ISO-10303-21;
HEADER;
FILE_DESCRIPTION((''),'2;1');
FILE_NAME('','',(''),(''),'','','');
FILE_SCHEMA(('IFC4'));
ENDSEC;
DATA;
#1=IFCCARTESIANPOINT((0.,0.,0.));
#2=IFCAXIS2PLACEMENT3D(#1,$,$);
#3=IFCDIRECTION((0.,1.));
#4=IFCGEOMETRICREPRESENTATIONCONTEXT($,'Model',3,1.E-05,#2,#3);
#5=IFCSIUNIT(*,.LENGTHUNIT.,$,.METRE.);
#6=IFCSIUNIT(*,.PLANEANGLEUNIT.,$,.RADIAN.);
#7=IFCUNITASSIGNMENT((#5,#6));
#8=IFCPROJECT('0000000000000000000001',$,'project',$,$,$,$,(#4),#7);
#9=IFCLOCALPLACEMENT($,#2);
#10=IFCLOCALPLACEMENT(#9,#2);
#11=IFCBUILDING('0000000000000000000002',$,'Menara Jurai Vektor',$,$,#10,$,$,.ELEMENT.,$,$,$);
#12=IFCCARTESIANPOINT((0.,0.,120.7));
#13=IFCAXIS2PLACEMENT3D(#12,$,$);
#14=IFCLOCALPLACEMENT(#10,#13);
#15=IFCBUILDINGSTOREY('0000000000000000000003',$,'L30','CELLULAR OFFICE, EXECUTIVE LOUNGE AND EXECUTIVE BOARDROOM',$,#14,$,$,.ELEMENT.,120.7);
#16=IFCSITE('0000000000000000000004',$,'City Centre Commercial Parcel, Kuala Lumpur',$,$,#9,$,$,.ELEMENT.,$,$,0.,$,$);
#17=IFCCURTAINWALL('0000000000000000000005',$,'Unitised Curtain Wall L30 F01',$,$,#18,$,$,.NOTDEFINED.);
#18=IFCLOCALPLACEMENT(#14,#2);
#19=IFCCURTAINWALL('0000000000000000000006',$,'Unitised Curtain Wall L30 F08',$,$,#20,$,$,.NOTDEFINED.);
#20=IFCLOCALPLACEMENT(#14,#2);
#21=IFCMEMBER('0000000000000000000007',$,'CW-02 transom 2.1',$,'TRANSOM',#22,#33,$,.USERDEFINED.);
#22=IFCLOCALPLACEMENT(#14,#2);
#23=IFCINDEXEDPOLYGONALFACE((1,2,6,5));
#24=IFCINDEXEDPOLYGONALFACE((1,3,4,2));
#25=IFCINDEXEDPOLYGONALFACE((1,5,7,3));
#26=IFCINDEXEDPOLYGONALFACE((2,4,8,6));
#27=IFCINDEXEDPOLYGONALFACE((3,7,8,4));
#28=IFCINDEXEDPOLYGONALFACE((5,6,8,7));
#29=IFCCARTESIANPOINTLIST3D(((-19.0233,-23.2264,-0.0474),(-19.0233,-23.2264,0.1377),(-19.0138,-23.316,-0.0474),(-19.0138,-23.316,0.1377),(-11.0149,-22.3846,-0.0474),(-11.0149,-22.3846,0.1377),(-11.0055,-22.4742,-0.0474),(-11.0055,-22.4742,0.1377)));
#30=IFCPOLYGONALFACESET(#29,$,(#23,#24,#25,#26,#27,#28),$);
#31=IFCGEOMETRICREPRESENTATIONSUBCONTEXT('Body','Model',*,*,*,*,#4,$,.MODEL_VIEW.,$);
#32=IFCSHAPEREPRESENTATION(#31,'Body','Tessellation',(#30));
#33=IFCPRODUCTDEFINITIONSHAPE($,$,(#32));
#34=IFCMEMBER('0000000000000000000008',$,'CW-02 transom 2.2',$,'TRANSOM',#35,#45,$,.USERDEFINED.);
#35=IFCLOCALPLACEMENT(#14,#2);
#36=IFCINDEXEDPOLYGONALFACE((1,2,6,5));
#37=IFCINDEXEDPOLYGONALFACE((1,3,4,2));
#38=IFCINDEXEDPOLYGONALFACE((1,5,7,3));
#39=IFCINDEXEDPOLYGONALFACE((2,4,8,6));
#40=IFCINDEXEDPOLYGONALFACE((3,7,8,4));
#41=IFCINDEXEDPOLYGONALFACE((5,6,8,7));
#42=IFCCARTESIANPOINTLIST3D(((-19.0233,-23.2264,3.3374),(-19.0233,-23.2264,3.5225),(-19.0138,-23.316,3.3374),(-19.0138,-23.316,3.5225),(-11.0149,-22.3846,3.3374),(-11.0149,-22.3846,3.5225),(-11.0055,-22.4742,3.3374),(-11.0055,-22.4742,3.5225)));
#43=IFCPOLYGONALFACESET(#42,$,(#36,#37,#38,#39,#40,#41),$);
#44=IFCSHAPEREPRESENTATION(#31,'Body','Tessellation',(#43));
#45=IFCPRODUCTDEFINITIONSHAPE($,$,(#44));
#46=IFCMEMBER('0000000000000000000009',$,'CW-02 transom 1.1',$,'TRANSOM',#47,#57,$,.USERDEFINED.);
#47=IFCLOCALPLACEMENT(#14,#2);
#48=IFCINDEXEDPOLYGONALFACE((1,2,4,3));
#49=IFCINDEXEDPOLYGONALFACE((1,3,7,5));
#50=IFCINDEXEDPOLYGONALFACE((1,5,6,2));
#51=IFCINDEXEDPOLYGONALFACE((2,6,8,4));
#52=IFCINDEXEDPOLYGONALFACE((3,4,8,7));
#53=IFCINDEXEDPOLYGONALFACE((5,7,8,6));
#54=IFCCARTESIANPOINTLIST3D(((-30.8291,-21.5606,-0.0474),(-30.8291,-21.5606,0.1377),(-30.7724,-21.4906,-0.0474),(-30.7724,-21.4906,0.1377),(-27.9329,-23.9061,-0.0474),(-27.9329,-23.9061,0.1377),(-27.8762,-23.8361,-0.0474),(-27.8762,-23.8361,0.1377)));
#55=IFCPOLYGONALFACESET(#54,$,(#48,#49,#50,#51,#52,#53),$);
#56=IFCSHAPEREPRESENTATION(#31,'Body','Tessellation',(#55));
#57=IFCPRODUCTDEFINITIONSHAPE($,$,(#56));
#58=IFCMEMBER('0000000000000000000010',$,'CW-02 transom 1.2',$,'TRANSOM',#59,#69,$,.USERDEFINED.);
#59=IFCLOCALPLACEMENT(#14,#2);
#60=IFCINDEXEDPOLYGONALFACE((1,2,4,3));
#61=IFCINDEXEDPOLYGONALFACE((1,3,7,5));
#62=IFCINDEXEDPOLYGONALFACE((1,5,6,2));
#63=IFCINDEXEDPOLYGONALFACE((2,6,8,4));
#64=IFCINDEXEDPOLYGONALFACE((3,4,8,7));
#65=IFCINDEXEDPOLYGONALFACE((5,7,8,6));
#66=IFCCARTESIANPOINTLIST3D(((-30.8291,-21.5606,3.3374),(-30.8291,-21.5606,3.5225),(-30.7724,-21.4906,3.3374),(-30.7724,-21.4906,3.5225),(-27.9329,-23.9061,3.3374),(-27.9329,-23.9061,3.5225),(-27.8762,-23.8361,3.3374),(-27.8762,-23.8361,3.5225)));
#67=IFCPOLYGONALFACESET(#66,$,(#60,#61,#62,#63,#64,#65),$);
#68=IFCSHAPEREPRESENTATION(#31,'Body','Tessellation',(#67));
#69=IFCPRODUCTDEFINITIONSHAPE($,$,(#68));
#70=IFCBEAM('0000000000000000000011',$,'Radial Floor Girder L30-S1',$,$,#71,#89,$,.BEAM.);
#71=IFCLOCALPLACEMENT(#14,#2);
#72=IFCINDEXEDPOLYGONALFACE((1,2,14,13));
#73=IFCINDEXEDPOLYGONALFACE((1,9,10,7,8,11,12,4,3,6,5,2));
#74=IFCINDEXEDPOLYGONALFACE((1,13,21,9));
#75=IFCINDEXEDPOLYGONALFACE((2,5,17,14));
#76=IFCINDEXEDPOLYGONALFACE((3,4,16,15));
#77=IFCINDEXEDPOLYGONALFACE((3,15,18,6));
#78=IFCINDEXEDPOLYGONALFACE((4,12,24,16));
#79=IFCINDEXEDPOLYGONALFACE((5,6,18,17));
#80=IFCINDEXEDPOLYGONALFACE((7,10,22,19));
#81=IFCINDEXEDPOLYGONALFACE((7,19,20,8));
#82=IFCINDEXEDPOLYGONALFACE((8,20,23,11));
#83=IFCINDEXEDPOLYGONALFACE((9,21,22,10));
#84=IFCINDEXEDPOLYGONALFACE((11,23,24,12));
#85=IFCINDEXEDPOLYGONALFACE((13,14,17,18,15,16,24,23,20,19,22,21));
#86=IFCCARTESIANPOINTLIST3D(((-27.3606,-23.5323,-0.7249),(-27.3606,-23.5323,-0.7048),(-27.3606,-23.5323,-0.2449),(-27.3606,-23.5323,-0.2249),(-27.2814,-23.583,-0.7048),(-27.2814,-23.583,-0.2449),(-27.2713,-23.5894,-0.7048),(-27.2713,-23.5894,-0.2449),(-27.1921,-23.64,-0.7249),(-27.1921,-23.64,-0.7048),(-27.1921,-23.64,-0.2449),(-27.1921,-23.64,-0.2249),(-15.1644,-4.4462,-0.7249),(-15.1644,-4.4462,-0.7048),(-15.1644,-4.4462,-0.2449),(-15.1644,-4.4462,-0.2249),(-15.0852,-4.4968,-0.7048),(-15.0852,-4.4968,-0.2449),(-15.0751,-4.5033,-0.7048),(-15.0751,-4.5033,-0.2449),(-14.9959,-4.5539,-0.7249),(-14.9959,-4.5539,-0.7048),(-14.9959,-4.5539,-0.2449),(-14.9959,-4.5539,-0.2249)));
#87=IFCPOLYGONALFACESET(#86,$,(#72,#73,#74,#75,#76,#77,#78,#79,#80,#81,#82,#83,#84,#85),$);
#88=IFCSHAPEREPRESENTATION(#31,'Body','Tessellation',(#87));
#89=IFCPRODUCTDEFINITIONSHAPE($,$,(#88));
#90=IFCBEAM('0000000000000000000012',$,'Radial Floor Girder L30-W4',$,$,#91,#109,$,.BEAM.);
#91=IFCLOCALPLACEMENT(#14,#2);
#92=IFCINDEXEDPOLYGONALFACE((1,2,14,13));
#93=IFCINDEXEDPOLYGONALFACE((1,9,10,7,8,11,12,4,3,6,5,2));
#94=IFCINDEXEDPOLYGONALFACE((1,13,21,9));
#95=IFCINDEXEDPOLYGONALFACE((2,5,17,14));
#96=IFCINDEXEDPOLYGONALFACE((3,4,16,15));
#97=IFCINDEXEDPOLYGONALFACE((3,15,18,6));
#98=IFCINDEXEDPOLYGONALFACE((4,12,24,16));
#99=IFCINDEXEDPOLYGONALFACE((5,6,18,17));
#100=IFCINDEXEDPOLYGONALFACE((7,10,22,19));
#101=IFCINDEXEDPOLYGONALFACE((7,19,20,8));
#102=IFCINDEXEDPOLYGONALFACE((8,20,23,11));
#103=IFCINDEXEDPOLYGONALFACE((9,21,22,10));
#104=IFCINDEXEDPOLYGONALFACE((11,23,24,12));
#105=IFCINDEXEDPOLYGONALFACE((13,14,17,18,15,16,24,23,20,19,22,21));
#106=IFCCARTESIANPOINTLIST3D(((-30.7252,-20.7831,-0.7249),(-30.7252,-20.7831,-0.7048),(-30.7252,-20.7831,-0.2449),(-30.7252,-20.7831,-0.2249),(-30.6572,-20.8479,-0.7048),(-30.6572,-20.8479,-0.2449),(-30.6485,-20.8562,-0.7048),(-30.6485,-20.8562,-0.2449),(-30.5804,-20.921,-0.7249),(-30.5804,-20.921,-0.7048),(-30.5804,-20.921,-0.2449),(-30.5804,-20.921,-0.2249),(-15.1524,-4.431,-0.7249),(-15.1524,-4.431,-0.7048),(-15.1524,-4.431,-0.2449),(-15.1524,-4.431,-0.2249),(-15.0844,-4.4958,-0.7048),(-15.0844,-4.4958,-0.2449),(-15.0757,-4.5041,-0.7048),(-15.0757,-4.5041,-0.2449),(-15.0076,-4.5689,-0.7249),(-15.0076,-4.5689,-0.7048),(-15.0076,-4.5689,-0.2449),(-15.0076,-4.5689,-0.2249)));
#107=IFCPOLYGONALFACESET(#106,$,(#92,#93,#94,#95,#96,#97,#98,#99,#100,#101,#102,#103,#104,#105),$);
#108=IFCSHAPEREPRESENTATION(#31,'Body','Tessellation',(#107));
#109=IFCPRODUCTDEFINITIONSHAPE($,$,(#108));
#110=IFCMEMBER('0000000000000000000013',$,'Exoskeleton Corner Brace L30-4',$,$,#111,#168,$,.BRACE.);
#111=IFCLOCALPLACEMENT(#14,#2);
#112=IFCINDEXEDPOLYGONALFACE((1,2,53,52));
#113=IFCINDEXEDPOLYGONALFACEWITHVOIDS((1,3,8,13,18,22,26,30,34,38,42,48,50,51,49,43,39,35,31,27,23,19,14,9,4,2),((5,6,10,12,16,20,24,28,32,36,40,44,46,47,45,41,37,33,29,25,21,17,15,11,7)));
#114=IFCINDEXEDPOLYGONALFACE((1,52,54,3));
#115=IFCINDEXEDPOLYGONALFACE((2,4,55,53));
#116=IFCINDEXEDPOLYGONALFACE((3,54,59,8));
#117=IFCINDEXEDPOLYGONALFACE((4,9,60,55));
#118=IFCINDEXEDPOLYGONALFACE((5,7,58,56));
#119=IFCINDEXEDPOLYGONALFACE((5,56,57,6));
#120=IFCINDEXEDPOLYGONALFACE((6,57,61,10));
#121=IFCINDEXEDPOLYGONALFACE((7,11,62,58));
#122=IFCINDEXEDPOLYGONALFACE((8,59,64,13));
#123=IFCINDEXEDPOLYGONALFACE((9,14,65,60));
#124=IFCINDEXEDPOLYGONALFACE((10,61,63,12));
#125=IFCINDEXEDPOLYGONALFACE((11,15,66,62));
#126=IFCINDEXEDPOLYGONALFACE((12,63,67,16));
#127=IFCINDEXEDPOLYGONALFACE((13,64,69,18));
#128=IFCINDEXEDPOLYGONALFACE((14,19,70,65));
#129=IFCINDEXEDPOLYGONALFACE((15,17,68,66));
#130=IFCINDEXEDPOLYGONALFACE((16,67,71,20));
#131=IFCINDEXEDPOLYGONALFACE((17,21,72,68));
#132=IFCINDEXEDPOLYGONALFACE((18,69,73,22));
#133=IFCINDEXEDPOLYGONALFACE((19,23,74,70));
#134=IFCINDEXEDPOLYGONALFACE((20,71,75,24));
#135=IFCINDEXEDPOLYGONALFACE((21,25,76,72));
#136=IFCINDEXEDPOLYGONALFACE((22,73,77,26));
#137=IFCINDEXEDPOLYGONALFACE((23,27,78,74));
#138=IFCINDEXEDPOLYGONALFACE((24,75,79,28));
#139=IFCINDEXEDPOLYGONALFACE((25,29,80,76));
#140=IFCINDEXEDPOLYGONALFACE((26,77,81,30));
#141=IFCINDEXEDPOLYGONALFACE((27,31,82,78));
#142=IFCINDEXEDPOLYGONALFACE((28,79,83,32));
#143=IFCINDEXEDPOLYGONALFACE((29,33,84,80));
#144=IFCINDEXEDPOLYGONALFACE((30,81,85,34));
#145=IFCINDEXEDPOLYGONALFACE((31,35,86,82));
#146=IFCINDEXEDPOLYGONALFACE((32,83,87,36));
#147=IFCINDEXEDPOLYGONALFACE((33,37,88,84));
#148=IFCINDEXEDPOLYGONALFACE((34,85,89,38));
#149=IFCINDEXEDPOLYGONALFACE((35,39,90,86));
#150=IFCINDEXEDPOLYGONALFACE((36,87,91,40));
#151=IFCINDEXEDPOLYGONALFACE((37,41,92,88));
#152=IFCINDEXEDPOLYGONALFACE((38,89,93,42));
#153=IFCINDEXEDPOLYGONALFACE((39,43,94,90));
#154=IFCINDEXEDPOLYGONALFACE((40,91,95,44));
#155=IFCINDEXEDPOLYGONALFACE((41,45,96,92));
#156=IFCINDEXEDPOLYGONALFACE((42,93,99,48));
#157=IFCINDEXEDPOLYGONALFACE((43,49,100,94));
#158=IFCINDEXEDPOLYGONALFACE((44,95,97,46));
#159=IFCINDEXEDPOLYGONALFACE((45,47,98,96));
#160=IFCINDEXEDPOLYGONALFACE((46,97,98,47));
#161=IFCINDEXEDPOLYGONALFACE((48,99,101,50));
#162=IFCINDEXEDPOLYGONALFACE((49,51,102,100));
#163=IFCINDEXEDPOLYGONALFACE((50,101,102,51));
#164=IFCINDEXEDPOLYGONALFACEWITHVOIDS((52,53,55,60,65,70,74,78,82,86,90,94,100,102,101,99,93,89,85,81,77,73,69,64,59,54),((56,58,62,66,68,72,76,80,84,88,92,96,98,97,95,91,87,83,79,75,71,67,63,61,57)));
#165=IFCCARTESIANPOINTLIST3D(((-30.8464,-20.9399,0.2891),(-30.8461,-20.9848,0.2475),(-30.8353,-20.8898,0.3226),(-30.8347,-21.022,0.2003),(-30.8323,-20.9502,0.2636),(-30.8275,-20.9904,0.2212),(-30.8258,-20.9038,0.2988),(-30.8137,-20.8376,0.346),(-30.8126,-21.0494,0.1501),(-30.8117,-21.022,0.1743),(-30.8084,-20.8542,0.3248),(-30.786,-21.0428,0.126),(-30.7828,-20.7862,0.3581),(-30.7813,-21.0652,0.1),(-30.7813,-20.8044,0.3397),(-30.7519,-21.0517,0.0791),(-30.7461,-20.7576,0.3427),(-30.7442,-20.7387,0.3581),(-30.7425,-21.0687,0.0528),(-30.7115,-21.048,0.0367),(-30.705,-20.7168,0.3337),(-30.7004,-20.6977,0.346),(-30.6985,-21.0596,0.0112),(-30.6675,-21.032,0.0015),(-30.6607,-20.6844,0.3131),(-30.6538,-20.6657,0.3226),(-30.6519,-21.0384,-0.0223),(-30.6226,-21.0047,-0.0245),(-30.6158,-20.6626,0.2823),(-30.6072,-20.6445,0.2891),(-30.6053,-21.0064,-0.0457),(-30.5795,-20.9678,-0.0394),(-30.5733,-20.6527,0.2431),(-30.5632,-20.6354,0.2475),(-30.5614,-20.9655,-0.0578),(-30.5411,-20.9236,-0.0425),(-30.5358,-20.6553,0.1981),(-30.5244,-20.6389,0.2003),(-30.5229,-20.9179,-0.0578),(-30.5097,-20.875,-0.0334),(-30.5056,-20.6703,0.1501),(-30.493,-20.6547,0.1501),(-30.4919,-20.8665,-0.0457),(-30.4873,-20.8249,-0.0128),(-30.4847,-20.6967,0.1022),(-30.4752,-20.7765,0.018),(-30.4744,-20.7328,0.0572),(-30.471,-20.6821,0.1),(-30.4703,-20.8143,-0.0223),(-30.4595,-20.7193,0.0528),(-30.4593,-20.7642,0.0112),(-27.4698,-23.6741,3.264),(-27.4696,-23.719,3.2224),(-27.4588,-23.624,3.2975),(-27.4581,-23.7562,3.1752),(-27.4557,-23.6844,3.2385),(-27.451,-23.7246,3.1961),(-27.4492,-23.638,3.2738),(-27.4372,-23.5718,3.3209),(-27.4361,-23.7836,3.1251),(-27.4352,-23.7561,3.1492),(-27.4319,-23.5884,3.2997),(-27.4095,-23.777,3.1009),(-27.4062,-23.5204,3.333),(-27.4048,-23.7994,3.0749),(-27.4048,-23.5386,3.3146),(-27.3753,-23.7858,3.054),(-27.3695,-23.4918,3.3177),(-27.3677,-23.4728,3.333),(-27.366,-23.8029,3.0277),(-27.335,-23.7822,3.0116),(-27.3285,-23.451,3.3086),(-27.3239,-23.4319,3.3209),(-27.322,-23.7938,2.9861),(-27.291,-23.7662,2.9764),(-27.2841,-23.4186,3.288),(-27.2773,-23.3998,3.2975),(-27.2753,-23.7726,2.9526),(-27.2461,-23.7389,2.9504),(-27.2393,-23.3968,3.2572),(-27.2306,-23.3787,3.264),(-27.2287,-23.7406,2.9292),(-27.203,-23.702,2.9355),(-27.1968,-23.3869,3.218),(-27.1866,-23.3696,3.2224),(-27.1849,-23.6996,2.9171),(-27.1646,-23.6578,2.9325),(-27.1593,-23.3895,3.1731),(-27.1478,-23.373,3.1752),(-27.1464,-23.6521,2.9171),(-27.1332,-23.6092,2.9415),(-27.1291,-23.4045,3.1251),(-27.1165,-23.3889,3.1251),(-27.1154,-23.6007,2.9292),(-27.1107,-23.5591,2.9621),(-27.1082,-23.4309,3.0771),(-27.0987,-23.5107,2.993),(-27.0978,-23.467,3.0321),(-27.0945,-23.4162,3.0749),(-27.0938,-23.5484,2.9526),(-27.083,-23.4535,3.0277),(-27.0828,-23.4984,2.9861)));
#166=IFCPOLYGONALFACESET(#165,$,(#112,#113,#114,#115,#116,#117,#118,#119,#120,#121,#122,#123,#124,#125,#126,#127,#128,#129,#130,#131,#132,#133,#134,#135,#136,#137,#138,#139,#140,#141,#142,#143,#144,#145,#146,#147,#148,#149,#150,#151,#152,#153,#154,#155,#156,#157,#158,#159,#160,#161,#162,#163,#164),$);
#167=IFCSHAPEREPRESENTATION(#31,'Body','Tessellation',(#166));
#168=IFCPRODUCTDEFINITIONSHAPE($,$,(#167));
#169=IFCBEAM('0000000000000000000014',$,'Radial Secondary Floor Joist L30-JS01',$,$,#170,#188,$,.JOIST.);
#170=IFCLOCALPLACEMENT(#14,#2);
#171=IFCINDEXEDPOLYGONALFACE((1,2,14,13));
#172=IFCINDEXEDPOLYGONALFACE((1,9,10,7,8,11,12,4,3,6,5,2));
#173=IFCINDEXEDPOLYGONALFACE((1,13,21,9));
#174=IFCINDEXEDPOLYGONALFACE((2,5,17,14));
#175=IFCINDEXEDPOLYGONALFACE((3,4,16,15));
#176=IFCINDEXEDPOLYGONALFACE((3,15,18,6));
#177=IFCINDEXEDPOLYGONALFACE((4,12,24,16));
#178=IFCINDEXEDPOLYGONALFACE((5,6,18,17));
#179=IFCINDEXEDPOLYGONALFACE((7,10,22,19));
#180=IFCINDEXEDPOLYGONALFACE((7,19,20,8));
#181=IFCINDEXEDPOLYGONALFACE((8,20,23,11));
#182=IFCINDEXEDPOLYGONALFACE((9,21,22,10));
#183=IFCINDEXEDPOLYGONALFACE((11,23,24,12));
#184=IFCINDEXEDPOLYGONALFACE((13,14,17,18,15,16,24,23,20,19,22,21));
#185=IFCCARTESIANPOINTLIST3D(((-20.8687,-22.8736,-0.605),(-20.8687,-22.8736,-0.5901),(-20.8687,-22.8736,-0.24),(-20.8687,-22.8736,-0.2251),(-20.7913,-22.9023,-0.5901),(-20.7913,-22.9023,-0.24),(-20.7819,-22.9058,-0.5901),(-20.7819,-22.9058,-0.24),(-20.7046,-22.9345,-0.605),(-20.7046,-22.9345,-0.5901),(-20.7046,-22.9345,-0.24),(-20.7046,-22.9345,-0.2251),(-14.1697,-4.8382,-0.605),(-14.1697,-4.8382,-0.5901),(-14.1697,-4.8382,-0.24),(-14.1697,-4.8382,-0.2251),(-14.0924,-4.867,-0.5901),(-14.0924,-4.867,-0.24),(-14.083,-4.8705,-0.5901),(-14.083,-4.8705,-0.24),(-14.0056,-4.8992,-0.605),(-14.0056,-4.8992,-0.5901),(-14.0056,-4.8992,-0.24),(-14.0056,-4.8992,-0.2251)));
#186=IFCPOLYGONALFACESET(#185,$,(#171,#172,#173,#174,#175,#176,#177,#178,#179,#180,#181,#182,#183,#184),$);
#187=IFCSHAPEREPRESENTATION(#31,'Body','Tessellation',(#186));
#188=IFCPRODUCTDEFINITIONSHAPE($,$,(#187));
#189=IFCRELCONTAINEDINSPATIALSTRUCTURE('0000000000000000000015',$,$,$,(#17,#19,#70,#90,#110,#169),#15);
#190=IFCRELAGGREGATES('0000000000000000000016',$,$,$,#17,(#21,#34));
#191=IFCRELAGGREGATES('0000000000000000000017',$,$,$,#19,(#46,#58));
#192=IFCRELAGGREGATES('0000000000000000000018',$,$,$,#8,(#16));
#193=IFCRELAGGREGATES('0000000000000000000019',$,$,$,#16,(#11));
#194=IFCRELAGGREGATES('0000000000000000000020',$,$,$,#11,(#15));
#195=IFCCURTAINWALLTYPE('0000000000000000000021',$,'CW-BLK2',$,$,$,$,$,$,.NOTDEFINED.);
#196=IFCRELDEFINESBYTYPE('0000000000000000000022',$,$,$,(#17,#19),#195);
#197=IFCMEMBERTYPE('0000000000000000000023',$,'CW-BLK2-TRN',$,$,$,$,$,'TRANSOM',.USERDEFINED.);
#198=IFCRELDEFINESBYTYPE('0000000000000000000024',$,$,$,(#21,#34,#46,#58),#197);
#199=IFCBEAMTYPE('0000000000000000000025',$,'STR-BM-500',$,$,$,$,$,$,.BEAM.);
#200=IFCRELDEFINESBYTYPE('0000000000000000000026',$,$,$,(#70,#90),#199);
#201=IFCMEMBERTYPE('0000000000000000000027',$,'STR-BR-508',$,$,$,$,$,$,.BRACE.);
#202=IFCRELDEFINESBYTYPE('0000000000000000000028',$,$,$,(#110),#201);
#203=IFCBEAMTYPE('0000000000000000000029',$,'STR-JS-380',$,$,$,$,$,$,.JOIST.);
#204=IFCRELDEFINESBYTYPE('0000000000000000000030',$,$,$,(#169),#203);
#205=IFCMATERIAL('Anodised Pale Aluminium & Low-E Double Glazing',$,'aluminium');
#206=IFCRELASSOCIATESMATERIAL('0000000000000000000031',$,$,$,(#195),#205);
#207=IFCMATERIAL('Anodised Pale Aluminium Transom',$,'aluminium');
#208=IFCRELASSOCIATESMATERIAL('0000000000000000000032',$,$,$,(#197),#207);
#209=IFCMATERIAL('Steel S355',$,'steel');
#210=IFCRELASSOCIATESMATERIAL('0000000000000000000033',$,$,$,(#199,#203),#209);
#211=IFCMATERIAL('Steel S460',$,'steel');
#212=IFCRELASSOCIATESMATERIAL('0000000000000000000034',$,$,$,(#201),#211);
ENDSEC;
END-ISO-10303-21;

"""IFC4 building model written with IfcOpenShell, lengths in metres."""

from ifc_helpers import new_model, si_unit, direction, frame, origin, origin_2d, place, context, subcontext, project, spatial, rectangle, hollow_circle, i_section, extrude, material, material_profile, profile_set, type_object, element, aggregate, save


model = new_model("IFC4")

# Units and contexts
model_context = context("Model", 3, precision=1e-05, world=origin(), true_north=direction((0.0, 1.0)))
body_context = subcontext(model_context, "Body", "Model", "MODEL_VIEW")
ifc_project = project(units=[si_unit("LENGTHUNIT", "METRE"), si_unit("PLANEANGLEUNIT", "RADIAN")], contexts=[model_context])

# Site, building, storey
site_placement = place(None, origin())
site = spatial("IfcSite", under=ifc_project, at=site_placement, Name="City Centre Commercial Parcel, Kuala Lumpur", CompositionType="ELEMENT", RefElevation=0.0)
building_placement = place(site_placement, origin())
building = spatial("IfcBuilding", under=site, at=building_placement, Name="Menara Jurai Vektor", CompositionType="ELEMENT")
storey_placement = place(building_placement, frame((0.0, 0.0, 120.7)))
storey = spatial("IfcBuildingStorey", under=building, at=storey_placement, Name="L30", Description="CELLULAR OFFICE, EXECUTIVE LOUNGE AND EXECUTIVE BOARDROOM", CompositionType="ELEMENT", Elevation=120.7)

# Shared definitions
ifc_material_1 = material(Name="Steel S460", Category="steel")

# Curtain wall
ifc_material_2 = material(Name="Anodised Pale Aluminium & Low-E Double Glazing", Category="aluminium")
curtain_wall_type = type_object("IfcCurtainWallType", Name="CW-BLK2", PredefinedType="NOTDEFINED", material=ifc_material_2)
curtain_wall_1_placement = place(storey_placement, origin())
curtain_wall_1 = element("IfcCurtainWall", 1, at=curtain_wall_1_placement, inside=storey, type_object=curtain_wall_type, Name="Unitised Curtain Wall L30 F01", PredefinedType="NOTDEFINED")

# Curtain wall
curtain_wall_2_placement = place(storey_placement, origin())
curtain_wall_2 = element("IfcCurtainWall", 2, at=curtain_wall_2_placement, inside=storey, type_object=curtain_wall_type, Name="Unitised Curtain Wall L30 F08", PredefinedType="NOTDEFINED")

# Members
ifc_material_3 = material(Name="Anodised Pale Aluminium Transom", Category="aluminium")
ifc_material_profile_1 = material_profile(ifc_material_3, rectangle(XDim=0.0901, YDim=0.1851, at=origin_2d()), Name="ALU TRN 90x185")
ifc_profile_set_1 = profile_set([ifc_material_profile_1], Name="Anodised Pale Aluminium Transom")
member_type_1 = type_object("IfcMemberType", Name="CW-BLK2-TRN", ElementType="TRANSOM", PredefinedType="USERDEFINED", material=ifc_profile_set_1)
member_1_placement = place(storey_placement, frame((-19.0186, -23.2712, 0.0452), z_axis=(0.994521, 0.10454, 0.0), x_axis=(-0.10454, 0.994521, 0.0)))
member_1 = element("IfcMember", 3, at=member_1_placement, type_object=member_type_1, Name="CW-02 transom 2.1", ObjectType="TRANSOM", PredefinedType="USERDEFINED", context=body_context, shape_type="SweptSolid", body=[
    extrude(rectangle(XDim=0.0901, YDim=0.1851, at=origin_2d()), origin(), (0.0, 0.0, 1.0), 8.0525),
])
member_2_placement = place(storey_placement, frame((-19.0186, -23.2712, 3.4299), z_axis=(0.994521, 0.10454, 0.0), x_axis=(-0.10454, 0.994521, 0.0)))
member_2 = element("IfcMember", 4, at=member_2_placement, type_object=member_type_1, Name="CW-02 transom 2.2", ObjectType="TRANSOM", PredefinedType="USERDEFINED", context=body_context, shape_type="SweptSolid", body=[
    extrude(rectangle(XDim=0.0901, YDim=0.1851, at=origin_2d()), origin(), (0.0, 0.0, 1.0), 8.0525),
])
member_3_placement = place(storey_placement, frame((-30.8008, -21.5256, 0.0452), z_axis=(0.777129, -0.629341, 0.0), x_axis=(0.629341, 0.777129, 0.0)))
member_3 = element("IfcMember", 5, at=member_3_placement, type_object=member_type_1, Name="CW-02 transom 1.1", ObjectType="TRANSOM", PredefinedType="USERDEFINED", context=body_context, shape_type="SweptSolid", body=[
    extrude(rectangle(XDim=0.0901, YDim=0.1851, at=origin_2d()), origin(), (0.0, 0.0, 1.0), 3.7268),
])
member_4_placement = place(storey_placement, frame((-30.8008, -21.5256, 3.4299), z_axis=(0.777129, -0.629341, 0.0), x_axis=(0.629341, 0.777129, 0.0)))
member_4 = element("IfcMember", 6, at=member_4_placement, type_object=member_type_1, Name="CW-02 transom 1.2", ObjectType="TRANSOM", PredefinedType="USERDEFINED", context=body_context, shape_type="SweptSolid", body=[
    extrude(rectangle(XDim=0.0901, YDim=0.1851, at=origin_2d()), origin(), (0.0, 0.0, 1.0), 3.7268),
])

# Beams
ifc_material_4 = material(Name="Steel S355", Category="steel")
ifc_material_profile_2 = material_profile(ifc_material_4, i_section(OverallWidth=0.2, OverallDepth=0.5, WebThickness=0.012, FlangeThickness=0.02, at=origin_2d()), Name="PG 500x200x96")
ifc_profile_set_2 = profile_set([ifc_material_profile_2], Name="Steel S355")
beam_type_1 = type_object("IfcBeamType", Name="STR-BM-500", PredefinedType="BEAM", material=ifc_profile_set_2)
beam_1_placement = place(storey_placement, frame((-27.2764, -23.5862, -0.4749), z_axis=(0.538463, 0.842649, 0.0), x_axis=(-0.842649, 0.538463, 0.0)))
element("IfcBeam", 7, at=beam_1_placement, inside=storey, type_object=beam_type_1, Name="Radial Floor Girder L30-S1", PredefinedType="BEAM", context=body_context, shape_type="SweptSolid", body=[
    extrude(i_section(OverallWidth=0.2, OverallDepth=0.5, WebThickness=0.012, FlangeThickness=0.02, at=origin_2d()), origin(), (0.0, 0.0, 1.0), 22.6501),
])
beam_2_placement = place(storey_placement, frame((-30.6528, -20.8521, -0.4749), z_axis=(0.689641, 0.724152, 0.0), x_axis=(-0.724152, 0.689641, 0.0)))
element("IfcBeam", 8, at=beam_2_placement, inside=storey, type_object=beam_type_1, Name="Radial Floor Girder L30-W4", PredefinedType="BEAM", context=body_context, shape_type="SweptSolid", body=[
    extrude(i_section(OverallWidth=0.2, OverallDepth=0.5, WebThickness=0.012, FlangeThickness=0.02, at=origin_2d()), origin(), (0.0, 0.0, 1.0), 22.5811),
])

# Member
ifc_material_profile_3 = material_profile(ifc_material_1, hollow_circle(Radius=0.2539, WallThickness=0.02, at=origin_2d()), Name="CHS 508x20")
ifc_profile_set_3 = profile_set([ifc_material_profile_3], Name="Steel S460")
member_type_2 = type_object("IfcMemberType", Name="STR-BR-508", PredefinedType="BRACE", material=ifc_profile_set_3)
member_5_placement = place(storey_placement, frame((-30.6528, -20.8521, 0.1501), z_axis=(0.64124, -0.519251, 0.564968), x_axis=(0.62931, 0.777155, 0.0)))
element("IfcMember", 9, at=member_5_placement, inside=storey, type_object=member_type_2, Name="Exoskeleton Corner Brace L30-4", PredefinedType="BRACE", context=body_context, shape_type="SweptSolid", body=[
    extrude(hollow_circle(Radius=0.2539, WallThickness=0.02, at=origin_2d()), origin(), (0.0, 0.0, 1.0), 5.2656),
])

# Beam
ifc_material_profile_4 = material_profile(ifc_material_4, i_section(OverallWidth=0.175, OverallDepth=0.3799, WebThickness=0.01, FlangeThickness=0.0149, at=origin_2d()), Name="PG 380x175x58")
ifc_profile_set_4 = profile_set([ifc_material_profile_4], Name="Steel S355")
beam_type_2 = type_object("IfcBeamType", Name="STR-JS-380", PredefinedType="JOIST", material=ifc_profile_set_4)
beam_3_placement = place(storey_placement, frame((-20.7866, -22.9041, -0.415), z_axis=(0.348192, 0.937423, 0.0), x_axis=(-0.937423, 0.348192, 0.0)))
element("IfcBeam", 10, at=beam_3_placement, inside=storey, type_object=beam_type_2, Name="Radial Secondary Floor Joist L30-JS01", PredefinedType="JOIST", context=body_context, shape_type="SweptSolid", body=[
    extrude(i_section(OverallWidth=0.175, OverallDepth=0.3799, WebThickness=0.01, FlangeThickness=0.0149, at=origin_2d()), origin(), (0.0, 0.0, 1.0), 19.2393),
])

aggregate(curtain_wall_1, [member_1, member_2])
aggregate(curtain_wall_2, [member_3, member_4])

save(model, "model.ifc")
